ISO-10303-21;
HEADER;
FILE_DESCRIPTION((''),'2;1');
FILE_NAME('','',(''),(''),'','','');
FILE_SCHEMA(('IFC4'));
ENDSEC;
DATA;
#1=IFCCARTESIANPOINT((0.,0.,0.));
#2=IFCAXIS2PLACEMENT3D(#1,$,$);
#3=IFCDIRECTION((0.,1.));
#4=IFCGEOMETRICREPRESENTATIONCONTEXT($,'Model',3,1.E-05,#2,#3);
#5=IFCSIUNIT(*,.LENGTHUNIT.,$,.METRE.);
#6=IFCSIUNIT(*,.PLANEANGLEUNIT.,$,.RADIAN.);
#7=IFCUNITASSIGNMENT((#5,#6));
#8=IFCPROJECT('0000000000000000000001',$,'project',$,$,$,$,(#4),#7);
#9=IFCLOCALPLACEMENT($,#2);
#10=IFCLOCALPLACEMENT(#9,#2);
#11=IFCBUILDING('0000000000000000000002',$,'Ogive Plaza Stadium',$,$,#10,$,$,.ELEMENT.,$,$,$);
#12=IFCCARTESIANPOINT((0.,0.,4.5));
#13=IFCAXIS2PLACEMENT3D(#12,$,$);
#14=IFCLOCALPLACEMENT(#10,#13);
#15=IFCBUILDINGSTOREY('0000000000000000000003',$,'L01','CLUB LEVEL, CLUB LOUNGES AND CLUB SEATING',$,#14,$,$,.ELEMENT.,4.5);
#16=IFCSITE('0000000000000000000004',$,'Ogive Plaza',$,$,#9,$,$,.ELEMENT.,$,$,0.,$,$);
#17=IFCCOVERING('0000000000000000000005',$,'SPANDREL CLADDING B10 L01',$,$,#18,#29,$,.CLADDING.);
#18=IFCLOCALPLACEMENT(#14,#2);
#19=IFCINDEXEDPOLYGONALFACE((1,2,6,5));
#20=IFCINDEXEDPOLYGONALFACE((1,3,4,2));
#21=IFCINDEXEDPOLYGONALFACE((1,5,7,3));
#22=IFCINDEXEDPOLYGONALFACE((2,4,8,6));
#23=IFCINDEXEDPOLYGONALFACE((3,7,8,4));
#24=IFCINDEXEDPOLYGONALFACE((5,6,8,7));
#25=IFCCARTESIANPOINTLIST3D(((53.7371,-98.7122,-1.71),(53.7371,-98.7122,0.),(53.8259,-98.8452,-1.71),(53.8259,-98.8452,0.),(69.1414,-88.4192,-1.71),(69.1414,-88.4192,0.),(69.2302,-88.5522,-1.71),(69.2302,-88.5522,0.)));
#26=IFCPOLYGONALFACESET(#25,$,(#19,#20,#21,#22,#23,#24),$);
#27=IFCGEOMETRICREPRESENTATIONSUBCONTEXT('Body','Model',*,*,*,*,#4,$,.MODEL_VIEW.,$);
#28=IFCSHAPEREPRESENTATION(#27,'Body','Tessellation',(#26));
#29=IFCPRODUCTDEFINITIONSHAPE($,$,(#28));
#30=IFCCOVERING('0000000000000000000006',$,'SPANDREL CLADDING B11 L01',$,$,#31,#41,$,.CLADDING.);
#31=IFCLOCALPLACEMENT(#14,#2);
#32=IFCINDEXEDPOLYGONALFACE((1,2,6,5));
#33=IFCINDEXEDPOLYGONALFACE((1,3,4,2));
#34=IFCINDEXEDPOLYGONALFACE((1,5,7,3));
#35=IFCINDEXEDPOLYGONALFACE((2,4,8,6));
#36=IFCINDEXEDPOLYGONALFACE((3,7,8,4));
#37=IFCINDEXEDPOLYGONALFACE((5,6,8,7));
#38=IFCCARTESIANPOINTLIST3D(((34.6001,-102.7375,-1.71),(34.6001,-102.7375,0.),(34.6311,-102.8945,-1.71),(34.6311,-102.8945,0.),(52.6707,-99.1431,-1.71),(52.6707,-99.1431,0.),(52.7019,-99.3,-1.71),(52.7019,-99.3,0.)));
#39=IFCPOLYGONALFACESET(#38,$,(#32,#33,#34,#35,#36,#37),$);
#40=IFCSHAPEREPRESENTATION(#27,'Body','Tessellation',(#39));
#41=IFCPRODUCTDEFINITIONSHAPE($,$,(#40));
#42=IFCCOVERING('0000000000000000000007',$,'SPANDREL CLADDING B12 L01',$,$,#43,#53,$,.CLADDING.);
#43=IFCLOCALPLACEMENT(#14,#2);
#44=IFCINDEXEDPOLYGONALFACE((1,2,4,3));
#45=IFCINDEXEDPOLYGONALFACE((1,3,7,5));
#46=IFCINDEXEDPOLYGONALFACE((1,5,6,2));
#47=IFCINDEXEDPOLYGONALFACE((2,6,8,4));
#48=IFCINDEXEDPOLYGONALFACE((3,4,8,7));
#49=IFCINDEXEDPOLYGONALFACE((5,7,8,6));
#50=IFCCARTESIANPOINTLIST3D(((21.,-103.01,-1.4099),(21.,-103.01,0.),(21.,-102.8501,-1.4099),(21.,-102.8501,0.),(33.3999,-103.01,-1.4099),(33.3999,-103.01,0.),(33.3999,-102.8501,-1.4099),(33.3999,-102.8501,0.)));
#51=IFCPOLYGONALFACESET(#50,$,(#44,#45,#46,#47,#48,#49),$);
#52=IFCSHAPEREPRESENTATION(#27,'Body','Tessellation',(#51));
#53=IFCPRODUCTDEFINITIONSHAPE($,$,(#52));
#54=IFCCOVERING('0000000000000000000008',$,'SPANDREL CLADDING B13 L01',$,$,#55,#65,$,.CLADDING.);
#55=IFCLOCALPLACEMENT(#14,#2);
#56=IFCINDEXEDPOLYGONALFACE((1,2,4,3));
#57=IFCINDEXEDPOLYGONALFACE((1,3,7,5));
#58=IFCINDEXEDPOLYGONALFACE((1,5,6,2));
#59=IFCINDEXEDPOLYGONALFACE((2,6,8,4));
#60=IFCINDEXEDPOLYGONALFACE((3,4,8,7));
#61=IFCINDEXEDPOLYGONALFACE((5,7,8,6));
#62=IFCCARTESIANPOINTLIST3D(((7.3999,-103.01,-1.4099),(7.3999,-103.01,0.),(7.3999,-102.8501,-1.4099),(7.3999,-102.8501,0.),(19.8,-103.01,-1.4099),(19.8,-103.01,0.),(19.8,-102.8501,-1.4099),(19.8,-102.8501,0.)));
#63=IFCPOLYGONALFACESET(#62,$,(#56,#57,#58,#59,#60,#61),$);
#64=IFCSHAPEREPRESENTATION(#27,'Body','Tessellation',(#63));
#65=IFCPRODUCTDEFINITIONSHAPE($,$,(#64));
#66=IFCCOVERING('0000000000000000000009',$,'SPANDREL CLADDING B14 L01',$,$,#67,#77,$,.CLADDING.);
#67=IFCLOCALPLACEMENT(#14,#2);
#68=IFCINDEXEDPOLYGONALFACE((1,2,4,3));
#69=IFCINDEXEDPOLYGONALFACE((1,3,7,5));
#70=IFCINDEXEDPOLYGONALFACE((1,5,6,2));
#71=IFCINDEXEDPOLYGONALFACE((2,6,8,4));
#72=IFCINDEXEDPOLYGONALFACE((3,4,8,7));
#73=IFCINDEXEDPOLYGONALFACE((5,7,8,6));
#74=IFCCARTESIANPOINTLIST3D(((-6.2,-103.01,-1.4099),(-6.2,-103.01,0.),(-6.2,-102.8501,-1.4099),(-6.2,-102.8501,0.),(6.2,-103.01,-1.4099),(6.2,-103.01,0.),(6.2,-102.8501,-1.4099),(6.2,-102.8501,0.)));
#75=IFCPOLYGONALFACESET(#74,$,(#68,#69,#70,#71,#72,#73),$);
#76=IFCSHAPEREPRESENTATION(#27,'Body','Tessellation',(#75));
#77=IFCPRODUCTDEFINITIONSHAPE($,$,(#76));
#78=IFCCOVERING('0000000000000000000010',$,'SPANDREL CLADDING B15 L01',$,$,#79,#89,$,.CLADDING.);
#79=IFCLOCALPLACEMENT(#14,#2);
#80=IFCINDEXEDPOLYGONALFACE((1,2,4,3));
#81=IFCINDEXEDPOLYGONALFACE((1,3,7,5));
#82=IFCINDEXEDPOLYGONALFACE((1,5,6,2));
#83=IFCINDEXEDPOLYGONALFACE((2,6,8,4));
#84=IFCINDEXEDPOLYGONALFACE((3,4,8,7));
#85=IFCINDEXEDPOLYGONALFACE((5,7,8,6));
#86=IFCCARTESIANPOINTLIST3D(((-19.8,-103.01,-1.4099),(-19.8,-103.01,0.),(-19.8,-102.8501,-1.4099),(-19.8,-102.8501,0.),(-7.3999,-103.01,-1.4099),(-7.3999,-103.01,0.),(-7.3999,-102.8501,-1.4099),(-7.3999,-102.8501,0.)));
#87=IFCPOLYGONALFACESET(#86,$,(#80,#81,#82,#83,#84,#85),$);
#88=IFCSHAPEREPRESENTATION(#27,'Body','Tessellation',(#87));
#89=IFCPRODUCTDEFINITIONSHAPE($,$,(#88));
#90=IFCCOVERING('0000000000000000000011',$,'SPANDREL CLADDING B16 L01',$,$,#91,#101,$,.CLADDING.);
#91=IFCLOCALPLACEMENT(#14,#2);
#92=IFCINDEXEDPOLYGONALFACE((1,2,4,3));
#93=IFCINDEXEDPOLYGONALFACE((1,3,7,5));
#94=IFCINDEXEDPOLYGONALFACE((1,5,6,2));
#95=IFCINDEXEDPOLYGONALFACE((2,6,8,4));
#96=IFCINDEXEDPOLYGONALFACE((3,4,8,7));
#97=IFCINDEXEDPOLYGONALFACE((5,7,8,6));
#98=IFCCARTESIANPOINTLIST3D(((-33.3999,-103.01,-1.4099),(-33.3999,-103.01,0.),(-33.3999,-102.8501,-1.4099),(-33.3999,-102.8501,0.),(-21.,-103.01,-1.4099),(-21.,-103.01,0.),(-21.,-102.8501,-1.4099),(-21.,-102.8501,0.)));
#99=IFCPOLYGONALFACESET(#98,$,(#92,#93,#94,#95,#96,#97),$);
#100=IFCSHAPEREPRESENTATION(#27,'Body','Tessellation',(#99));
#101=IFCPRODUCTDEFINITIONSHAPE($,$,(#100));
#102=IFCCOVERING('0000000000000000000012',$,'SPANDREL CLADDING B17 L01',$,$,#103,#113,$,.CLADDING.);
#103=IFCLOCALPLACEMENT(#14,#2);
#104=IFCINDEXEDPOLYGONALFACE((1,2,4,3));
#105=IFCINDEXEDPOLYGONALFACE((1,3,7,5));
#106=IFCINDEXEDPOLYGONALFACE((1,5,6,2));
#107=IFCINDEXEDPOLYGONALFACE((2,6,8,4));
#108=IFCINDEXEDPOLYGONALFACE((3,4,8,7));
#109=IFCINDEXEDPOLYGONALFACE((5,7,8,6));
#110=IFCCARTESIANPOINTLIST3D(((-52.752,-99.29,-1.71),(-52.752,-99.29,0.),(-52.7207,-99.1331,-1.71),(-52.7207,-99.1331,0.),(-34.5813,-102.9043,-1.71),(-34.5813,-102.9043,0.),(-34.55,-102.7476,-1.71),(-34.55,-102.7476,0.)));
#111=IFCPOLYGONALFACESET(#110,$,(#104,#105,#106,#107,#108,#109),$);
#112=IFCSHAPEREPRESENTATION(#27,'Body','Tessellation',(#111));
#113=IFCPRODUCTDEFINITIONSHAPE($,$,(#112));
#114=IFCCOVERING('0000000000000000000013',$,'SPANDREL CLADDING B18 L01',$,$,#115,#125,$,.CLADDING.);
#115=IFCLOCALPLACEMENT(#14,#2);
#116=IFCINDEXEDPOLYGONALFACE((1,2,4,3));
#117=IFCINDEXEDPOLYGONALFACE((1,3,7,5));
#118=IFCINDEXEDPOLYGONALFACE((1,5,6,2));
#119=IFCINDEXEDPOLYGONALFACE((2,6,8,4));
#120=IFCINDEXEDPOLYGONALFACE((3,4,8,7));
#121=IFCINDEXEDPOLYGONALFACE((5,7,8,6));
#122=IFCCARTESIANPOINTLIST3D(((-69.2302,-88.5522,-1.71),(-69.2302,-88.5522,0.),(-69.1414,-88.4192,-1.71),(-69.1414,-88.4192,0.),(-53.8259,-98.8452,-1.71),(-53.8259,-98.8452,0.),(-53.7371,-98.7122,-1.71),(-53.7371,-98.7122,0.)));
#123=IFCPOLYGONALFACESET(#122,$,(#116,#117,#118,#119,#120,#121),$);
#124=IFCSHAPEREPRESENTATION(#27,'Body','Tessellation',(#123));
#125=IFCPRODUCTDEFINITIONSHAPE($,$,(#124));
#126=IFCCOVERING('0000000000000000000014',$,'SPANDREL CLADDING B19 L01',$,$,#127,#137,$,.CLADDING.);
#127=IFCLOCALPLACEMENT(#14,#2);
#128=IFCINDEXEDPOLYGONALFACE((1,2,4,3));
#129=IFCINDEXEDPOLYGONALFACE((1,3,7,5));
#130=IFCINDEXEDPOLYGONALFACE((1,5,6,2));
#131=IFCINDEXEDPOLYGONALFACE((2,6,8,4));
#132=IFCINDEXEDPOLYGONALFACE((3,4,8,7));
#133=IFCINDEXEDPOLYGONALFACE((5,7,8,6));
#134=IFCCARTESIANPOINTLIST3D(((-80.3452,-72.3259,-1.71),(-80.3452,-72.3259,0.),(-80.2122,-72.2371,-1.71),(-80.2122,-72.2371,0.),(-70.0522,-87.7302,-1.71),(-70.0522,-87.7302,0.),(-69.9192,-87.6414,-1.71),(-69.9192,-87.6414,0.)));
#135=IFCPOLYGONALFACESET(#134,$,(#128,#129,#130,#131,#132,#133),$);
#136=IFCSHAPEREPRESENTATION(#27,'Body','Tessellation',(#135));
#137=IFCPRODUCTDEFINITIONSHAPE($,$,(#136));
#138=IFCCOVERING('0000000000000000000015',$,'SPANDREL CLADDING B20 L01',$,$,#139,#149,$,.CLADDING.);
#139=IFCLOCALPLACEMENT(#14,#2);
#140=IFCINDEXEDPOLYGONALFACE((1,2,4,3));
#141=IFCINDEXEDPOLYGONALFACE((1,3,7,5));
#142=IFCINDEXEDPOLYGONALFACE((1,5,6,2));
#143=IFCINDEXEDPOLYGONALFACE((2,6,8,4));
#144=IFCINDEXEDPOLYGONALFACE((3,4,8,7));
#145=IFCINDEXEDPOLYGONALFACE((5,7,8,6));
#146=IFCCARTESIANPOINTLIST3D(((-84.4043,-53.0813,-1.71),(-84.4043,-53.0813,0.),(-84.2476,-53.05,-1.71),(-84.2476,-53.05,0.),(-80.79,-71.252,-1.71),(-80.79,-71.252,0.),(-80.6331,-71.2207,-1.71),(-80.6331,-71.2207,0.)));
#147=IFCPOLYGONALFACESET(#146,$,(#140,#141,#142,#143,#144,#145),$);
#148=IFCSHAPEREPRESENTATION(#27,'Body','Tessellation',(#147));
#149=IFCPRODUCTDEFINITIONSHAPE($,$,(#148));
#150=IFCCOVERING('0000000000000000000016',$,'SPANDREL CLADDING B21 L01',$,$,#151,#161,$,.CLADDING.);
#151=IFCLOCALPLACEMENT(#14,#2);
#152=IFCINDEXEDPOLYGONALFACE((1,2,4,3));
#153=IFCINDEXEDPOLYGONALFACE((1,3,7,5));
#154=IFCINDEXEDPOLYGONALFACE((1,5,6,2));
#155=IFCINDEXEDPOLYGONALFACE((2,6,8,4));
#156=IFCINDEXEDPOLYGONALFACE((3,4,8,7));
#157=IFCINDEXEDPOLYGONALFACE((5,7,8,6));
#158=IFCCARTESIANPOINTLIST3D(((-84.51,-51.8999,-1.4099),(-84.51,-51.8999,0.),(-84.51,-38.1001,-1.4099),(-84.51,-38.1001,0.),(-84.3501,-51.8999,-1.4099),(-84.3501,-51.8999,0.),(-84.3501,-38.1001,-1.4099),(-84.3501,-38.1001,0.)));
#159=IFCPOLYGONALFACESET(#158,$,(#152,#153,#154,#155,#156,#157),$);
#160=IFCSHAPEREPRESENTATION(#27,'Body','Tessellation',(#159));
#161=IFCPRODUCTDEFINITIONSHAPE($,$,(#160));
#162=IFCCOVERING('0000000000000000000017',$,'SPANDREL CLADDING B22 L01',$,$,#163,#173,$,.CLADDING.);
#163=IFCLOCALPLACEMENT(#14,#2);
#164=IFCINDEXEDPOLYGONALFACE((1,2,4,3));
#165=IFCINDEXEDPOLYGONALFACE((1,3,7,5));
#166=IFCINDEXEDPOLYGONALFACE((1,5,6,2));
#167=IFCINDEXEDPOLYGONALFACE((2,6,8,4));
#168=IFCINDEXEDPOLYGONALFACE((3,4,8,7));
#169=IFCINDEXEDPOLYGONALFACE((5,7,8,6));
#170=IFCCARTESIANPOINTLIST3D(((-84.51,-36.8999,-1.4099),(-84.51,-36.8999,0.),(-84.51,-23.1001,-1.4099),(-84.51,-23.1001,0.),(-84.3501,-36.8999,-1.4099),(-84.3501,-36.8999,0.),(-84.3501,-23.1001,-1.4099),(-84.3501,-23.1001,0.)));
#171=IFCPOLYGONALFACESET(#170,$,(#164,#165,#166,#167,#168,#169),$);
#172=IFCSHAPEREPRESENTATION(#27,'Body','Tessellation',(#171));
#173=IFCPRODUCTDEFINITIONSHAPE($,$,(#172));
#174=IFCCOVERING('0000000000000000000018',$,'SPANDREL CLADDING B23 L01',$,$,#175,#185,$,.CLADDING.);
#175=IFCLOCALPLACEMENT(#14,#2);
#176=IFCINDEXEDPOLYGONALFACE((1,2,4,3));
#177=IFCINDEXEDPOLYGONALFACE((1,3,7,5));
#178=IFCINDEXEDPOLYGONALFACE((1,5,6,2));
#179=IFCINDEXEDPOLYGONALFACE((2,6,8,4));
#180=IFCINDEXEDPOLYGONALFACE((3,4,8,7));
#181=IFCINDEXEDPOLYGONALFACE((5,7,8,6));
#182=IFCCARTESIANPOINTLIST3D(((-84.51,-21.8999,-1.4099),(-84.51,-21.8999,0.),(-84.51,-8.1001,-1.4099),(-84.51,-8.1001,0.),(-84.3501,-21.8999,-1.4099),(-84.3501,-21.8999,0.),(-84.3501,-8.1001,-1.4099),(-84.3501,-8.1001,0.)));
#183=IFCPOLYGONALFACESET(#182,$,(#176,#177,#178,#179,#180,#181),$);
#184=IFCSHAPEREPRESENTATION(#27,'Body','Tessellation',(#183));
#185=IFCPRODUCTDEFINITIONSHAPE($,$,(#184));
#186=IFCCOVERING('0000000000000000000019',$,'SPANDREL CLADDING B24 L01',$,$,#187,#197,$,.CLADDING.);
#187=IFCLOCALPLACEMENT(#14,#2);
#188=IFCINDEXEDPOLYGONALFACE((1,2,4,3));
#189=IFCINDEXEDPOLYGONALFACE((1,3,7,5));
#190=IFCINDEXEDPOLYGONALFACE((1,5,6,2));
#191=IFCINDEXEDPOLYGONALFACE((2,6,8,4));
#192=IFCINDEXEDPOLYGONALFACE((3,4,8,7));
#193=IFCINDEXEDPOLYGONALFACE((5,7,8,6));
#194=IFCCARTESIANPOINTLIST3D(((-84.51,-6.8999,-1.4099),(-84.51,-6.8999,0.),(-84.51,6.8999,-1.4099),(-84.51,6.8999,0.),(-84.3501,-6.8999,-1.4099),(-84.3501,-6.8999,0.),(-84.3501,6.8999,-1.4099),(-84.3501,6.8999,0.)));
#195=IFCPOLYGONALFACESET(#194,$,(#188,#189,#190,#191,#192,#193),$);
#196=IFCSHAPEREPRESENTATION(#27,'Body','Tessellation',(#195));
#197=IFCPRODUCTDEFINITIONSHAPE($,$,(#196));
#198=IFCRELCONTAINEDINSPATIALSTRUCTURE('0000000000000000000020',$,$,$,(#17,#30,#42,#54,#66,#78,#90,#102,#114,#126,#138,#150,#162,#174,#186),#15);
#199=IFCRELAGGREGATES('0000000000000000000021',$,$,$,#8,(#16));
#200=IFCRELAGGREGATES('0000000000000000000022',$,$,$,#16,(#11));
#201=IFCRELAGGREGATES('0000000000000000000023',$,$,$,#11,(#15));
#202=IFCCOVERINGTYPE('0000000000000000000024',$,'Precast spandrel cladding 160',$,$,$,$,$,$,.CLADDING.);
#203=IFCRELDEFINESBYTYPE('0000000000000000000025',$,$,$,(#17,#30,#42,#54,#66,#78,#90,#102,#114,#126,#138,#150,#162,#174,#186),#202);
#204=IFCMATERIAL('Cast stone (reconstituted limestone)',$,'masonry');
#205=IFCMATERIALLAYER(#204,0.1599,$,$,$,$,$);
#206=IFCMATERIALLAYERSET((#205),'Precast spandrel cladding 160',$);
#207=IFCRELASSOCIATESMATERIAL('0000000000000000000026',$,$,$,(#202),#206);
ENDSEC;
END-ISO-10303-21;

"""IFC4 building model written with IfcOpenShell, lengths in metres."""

from ifc_helpers import new_model, si_unit, direction, frame, origin, place, context, subcontext, project, spatial, polyline, outline, extrude, material, layer, layer_set, type_object, element, save


model = new_model("IFC4")

# Units and contexts
model_context = context("Model", 3, precision=1e-05, world=origin(), true_north=direction((0.0, 1.0)))
body_context = subcontext(model_context, "Body", "Model", "MODEL_VIEW")
ifc_project = project(units=[si_unit("LENGTHUNIT", "METRE"), si_unit("PLANEANGLEUNIT", "RADIAN")], contexts=[model_context])

# Site, building, storey
site_placement = place(None, origin())
site = spatial("IfcSite", under=ifc_project, at=site_placement, Name="Ogive Plaza", CompositionType="ELEMENT", RefElevation=0.0)
building_placement = place(site_placement, origin())
building = spatial("IfcBuilding", under=site, at=building_placement, Name="Ogive Plaza Stadium", CompositionType="ELEMENT")
storey_placement = place(building_placement, frame((0.0, 0.0, 4.5)))
storey = spatial("IfcBuildingStorey", under=building, at=storey_placement, Name="L01", Description="CLUB LEVEL, CLUB LOUNGES AND CLUB SEATING", CompositionType="ELEMENT", Elevation=4.5)

# Coverings
ifc_material_1 = material(Name="Cast stone (reconstituted limestone)", Category="masonry")
ifc_layer_1 = layer(ifc_material_1, 0.1599)
ifc_layer_set_1 = layer_set([ifc_layer_1], Name="Precast spandrel cladding 160")
covering_type = type_object("IfcCoveringType", Name="Precast spandrel cladding 160", PredefinedType="CLADDING", material=ifc_layer_set_1)
covering_1_placement = place(storey_placement, frame((0.0, 0.0, -1.71)))
element("IfcCovering", 1, at=covering_1_placement, inside=storey, type_object=covering_type, Name="SPANDREL CLADDING B10 L01", PredefinedType="CLADDING", context=body_context, shape_type="SweptSolid", body=[
    extrude(outline(polyline([(69.1414, -88.4192), (53.7371, -98.7122), (53.8259, -98.8452), (69.2302, -88.5522), (69.1414, -88.4192)])), origin(), (0.0, 0.0, 1.0), 1.71),
])
covering_2_placement = place(storey_placement, frame((0.0, 0.0, -1.71)))
element("IfcCovering", 2, at=covering_2_placement, inside=storey, type_object=covering_type, Name="SPANDREL CLADDING B11 L01", PredefinedType="CLADDING", context=body_context, shape_type="SweptSolid", body=[
    extrude(outline(polyline([(52.6707, -99.1431), (34.6001, -102.7375), (34.6311, -102.8945), (52.7019, -99.3), (52.6707, -99.1431)])), origin(), (0.0, 0.0, 1.0), 1.71),
])
covering_3_placement = place(storey_placement, frame((0.0, 0.0, -1.4099)))
element("IfcCovering", 3, at=covering_3_placement, inside=storey, type_object=covering_type, Name="SPANDREL CLADDING B12 L01", PredefinedType="CLADDING", context=body_context, shape_type="SweptSolid", body=[
    extrude(outline(polyline([(33.3999, -102.8501), (21.0, -102.8501), (21.0, -103.01), (33.3999, -103.01), (33.3999, -102.8501)])), origin(), (0.0, 0.0, 1.0), 1.4099),
])
covering_4_placement = place(storey_placement, frame((0.0, 0.0, -1.4099)))
element("IfcCovering", 4, at=covering_4_placement, inside=storey, type_object=covering_type, Name="SPANDREL CLADDING B13 L01", PredefinedType="CLADDING", context=body_context, shape_type="SweptSolid", body=[
    extrude(outline(polyline([(19.8, -102.8501), (7.3999, -102.8501), (7.3999, -103.01), (19.8, -103.01), (19.8, -102.8501)])), origin(), (0.0, 0.0, 1.0), 1.4099),
])
covering_5_placement = place(storey_placement, frame((0.0, 0.0, -1.4099)))
element("IfcCovering", 5, at=covering_5_placement, inside=storey, type_object=covering_type, Name="SPANDREL CLADDING B14 L01", PredefinedType="CLADDING", context=body_context, shape_type="SweptSolid", body=[
    extrude(outline(polyline([(6.2, -102.8501), (-6.2, -102.8501), (-6.2, -103.01), (6.2, -103.01), (6.2, -102.8501)])), origin(), (0.0, 0.0, 1.0), 1.4099),
])
covering_6_placement = place(storey_placement, frame((0.0, 0.0, -1.4099)))
element("IfcCovering", 6, at=covering_6_placement, inside=storey, type_object=covering_type, Name="SPANDREL CLADDING B15 L01", PredefinedType="CLADDING", context=body_context, shape_type="SweptSolid", body=[
    extrude(outline(polyline([(-7.3999, -102.8501), (-19.8, -102.8501), (-19.8, -103.01), (-7.3999, -103.01), (-7.3999, -102.8501)])), origin(), (0.0, 0.0, 1.0), 1.4099),
])
covering_7_placement = place(storey_placement, frame((0.0, 0.0, -1.4099)))
element("IfcCovering", 7, at=covering_7_placement, inside=storey, type_object=covering_type, Name="SPANDREL CLADDING B16 L01", PredefinedType="CLADDING", context=body_context, shape_type="SweptSolid", body=[
    extrude(outline(polyline([(-21.0, -102.8501), (-33.3999, -102.8501), (-33.3999, -103.01), (-21.0, -103.01), (-21.0, -102.8501)])), origin(), (0.0, 0.0, 1.0), 1.4099),
])
covering_8_placement = place(storey_placement, frame((0.0, 0.0, -1.71)))
element("IfcCovering", 8, at=covering_8_placement, inside=storey, type_object=covering_type, Name="SPANDREL CLADDING B17 L01", PredefinedType="CLADDING", context=body_context, shape_type="SweptSolid", body=[
    extrude(outline(polyline([(-34.55, -102.7476), (-52.7207, -99.1331), (-52.752, -99.29), (-34.5813, -102.9043), (-34.55, -102.7476)])), origin(), (0.0, 0.0, 1.0), 1.71),
])
covering_9_placement = place(storey_placement, frame((0.0, 0.0, -1.71)))
element("IfcCovering", 9, at=covering_9_placement, inside=storey, type_object=covering_type, Name="SPANDREL CLADDING B18 L01", PredefinedType="CLADDING", context=body_context, shape_type="SweptSolid", body=[
    extrude(outline(polyline([(-53.7371, -98.7122), (-69.1414, -88.4192), (-69.2302, -88.5522), (-53.8259, -98.8452), (-53.7371, -98.7122)])), origin(), (0.0, 0.0, 1.0), 1.71),
])
covering_10_placement = place(storey_placement, frame((0.0, 0.0, -1.71)))
element("IfcCovering", 10, at=covering_10_placement, inside=storey, type_object=covering_type, Name="SPANDREL CLADDING B19 L01", PredefinedType="CLADDING", context=body_context, shape_type="SweptSolid", body=[
    extrude(outline(polyline([(-69.9192, -87.6414), (-80.2122, -72.2371), (-80.3452, -72.3259), (-70.0522, -87.7302), (-69.9192, -87.6414)])), origin(), (0.0, 0.0, 1.0), 1.71),
])
covering_11_placement = place(storey_placement, frame((0.0, 0.0, -1.71)))
element("IfcCovering", 11, at=covering_11_placement, inside=storey, type_object=covering_type, Name="SPANDREL CLADDING B20 L01", PredefinedType="CLADDING", context=body_context, shape_type="SweptSolid", body=[
    extrude(outline(polyline([(-80.6331, -71.2207), (-84.2476, -53.05), (-84.4043, -53.0813), (-80.79, -71.252), (-80.6331, -71.2207)])), origin(), (0.0, 0.0, 1.0), 1.71),
])
covering_12_placement = place(storey_placement, frame((0.0, 0.0, -1.4099)))
element("IfcCovering", 12, at=covering_12_placement, inside=storey, type_object=covering_type, Name="SPANDREL CLADDING B21 L01", PredefinedType="CLADDING", context=body_context, shape_type="SweptSolid", body=[
    extrude(outline(polyline([(-84.3501, -51.8999), (-84.3501, -38.1001), (-84.51, -38.1001), (-84.51, -51.8999), (-84.3501, -51.8999)])), origin(), (0.0, 0.0, 1.0), 1.4099),
])
covering_13_placement = place(storey_placement, frame((0.0, 0.0, -1.4099)))
element("IfcCovering", 13, at=covering_13_placement, inside=storey, type_object=covering_type, Name="SPANDREL CLADDING B22 L01", PredefinedType="CLADDING", context=body_context, shape_type="SweptSolid", body=[
    extrude(outline(polyline([(-84.3501, -36.8999), (-84.3501, -23.1001), (-84.51, -23.1001), (-84.51, -36.8999), (-84.3501, -36.8999)])), origin(), (0.0, 0.0, 1.0), 1.4099),
])
covering_14_placement = place(storey_placement, frame((0.0, 0.0, -1.4099)))
element("IfcCovering", 14, at=covering_14_placement, inside=storey, type_object=covering_type, Name="SPANDREL CLADDING B23 L01", PredefinedType="CLADDING", context=body_context, shape_type="SweptSolid", body=[
    extrude(outline(polyline([(-84.3501, -21.8999), (-84.3501, -8.1001), (-84.51, -8.1001), (-84.51, -21.8999), (-84.3501, -21.8999)])), origin(), (0.0, 0.0, 1.0), 1.4099),
])
covering_15_placement = place(storey_placement, frame((0.0, 0.0, -1.4099)))
element("IfcCovering", 15, at=covering_15_placement, inside=storey, type_object=covering_type, Name="SPANDREL CLADDING B24 L01", PredefinedType="CLADDING", context=body_context, shape_type="SweptSolid", body=[
    extrude(outline(polyline([(-84.3501, -6.8999), (-84.3501, 6.8999), (-84.51, 6.8999), (-84.51, -6.8999), (-84.3501, -6.8999)])), origin(), (0.0, 0.0, 1.0), 1.4099),
])

save(model, "model.ifc")
